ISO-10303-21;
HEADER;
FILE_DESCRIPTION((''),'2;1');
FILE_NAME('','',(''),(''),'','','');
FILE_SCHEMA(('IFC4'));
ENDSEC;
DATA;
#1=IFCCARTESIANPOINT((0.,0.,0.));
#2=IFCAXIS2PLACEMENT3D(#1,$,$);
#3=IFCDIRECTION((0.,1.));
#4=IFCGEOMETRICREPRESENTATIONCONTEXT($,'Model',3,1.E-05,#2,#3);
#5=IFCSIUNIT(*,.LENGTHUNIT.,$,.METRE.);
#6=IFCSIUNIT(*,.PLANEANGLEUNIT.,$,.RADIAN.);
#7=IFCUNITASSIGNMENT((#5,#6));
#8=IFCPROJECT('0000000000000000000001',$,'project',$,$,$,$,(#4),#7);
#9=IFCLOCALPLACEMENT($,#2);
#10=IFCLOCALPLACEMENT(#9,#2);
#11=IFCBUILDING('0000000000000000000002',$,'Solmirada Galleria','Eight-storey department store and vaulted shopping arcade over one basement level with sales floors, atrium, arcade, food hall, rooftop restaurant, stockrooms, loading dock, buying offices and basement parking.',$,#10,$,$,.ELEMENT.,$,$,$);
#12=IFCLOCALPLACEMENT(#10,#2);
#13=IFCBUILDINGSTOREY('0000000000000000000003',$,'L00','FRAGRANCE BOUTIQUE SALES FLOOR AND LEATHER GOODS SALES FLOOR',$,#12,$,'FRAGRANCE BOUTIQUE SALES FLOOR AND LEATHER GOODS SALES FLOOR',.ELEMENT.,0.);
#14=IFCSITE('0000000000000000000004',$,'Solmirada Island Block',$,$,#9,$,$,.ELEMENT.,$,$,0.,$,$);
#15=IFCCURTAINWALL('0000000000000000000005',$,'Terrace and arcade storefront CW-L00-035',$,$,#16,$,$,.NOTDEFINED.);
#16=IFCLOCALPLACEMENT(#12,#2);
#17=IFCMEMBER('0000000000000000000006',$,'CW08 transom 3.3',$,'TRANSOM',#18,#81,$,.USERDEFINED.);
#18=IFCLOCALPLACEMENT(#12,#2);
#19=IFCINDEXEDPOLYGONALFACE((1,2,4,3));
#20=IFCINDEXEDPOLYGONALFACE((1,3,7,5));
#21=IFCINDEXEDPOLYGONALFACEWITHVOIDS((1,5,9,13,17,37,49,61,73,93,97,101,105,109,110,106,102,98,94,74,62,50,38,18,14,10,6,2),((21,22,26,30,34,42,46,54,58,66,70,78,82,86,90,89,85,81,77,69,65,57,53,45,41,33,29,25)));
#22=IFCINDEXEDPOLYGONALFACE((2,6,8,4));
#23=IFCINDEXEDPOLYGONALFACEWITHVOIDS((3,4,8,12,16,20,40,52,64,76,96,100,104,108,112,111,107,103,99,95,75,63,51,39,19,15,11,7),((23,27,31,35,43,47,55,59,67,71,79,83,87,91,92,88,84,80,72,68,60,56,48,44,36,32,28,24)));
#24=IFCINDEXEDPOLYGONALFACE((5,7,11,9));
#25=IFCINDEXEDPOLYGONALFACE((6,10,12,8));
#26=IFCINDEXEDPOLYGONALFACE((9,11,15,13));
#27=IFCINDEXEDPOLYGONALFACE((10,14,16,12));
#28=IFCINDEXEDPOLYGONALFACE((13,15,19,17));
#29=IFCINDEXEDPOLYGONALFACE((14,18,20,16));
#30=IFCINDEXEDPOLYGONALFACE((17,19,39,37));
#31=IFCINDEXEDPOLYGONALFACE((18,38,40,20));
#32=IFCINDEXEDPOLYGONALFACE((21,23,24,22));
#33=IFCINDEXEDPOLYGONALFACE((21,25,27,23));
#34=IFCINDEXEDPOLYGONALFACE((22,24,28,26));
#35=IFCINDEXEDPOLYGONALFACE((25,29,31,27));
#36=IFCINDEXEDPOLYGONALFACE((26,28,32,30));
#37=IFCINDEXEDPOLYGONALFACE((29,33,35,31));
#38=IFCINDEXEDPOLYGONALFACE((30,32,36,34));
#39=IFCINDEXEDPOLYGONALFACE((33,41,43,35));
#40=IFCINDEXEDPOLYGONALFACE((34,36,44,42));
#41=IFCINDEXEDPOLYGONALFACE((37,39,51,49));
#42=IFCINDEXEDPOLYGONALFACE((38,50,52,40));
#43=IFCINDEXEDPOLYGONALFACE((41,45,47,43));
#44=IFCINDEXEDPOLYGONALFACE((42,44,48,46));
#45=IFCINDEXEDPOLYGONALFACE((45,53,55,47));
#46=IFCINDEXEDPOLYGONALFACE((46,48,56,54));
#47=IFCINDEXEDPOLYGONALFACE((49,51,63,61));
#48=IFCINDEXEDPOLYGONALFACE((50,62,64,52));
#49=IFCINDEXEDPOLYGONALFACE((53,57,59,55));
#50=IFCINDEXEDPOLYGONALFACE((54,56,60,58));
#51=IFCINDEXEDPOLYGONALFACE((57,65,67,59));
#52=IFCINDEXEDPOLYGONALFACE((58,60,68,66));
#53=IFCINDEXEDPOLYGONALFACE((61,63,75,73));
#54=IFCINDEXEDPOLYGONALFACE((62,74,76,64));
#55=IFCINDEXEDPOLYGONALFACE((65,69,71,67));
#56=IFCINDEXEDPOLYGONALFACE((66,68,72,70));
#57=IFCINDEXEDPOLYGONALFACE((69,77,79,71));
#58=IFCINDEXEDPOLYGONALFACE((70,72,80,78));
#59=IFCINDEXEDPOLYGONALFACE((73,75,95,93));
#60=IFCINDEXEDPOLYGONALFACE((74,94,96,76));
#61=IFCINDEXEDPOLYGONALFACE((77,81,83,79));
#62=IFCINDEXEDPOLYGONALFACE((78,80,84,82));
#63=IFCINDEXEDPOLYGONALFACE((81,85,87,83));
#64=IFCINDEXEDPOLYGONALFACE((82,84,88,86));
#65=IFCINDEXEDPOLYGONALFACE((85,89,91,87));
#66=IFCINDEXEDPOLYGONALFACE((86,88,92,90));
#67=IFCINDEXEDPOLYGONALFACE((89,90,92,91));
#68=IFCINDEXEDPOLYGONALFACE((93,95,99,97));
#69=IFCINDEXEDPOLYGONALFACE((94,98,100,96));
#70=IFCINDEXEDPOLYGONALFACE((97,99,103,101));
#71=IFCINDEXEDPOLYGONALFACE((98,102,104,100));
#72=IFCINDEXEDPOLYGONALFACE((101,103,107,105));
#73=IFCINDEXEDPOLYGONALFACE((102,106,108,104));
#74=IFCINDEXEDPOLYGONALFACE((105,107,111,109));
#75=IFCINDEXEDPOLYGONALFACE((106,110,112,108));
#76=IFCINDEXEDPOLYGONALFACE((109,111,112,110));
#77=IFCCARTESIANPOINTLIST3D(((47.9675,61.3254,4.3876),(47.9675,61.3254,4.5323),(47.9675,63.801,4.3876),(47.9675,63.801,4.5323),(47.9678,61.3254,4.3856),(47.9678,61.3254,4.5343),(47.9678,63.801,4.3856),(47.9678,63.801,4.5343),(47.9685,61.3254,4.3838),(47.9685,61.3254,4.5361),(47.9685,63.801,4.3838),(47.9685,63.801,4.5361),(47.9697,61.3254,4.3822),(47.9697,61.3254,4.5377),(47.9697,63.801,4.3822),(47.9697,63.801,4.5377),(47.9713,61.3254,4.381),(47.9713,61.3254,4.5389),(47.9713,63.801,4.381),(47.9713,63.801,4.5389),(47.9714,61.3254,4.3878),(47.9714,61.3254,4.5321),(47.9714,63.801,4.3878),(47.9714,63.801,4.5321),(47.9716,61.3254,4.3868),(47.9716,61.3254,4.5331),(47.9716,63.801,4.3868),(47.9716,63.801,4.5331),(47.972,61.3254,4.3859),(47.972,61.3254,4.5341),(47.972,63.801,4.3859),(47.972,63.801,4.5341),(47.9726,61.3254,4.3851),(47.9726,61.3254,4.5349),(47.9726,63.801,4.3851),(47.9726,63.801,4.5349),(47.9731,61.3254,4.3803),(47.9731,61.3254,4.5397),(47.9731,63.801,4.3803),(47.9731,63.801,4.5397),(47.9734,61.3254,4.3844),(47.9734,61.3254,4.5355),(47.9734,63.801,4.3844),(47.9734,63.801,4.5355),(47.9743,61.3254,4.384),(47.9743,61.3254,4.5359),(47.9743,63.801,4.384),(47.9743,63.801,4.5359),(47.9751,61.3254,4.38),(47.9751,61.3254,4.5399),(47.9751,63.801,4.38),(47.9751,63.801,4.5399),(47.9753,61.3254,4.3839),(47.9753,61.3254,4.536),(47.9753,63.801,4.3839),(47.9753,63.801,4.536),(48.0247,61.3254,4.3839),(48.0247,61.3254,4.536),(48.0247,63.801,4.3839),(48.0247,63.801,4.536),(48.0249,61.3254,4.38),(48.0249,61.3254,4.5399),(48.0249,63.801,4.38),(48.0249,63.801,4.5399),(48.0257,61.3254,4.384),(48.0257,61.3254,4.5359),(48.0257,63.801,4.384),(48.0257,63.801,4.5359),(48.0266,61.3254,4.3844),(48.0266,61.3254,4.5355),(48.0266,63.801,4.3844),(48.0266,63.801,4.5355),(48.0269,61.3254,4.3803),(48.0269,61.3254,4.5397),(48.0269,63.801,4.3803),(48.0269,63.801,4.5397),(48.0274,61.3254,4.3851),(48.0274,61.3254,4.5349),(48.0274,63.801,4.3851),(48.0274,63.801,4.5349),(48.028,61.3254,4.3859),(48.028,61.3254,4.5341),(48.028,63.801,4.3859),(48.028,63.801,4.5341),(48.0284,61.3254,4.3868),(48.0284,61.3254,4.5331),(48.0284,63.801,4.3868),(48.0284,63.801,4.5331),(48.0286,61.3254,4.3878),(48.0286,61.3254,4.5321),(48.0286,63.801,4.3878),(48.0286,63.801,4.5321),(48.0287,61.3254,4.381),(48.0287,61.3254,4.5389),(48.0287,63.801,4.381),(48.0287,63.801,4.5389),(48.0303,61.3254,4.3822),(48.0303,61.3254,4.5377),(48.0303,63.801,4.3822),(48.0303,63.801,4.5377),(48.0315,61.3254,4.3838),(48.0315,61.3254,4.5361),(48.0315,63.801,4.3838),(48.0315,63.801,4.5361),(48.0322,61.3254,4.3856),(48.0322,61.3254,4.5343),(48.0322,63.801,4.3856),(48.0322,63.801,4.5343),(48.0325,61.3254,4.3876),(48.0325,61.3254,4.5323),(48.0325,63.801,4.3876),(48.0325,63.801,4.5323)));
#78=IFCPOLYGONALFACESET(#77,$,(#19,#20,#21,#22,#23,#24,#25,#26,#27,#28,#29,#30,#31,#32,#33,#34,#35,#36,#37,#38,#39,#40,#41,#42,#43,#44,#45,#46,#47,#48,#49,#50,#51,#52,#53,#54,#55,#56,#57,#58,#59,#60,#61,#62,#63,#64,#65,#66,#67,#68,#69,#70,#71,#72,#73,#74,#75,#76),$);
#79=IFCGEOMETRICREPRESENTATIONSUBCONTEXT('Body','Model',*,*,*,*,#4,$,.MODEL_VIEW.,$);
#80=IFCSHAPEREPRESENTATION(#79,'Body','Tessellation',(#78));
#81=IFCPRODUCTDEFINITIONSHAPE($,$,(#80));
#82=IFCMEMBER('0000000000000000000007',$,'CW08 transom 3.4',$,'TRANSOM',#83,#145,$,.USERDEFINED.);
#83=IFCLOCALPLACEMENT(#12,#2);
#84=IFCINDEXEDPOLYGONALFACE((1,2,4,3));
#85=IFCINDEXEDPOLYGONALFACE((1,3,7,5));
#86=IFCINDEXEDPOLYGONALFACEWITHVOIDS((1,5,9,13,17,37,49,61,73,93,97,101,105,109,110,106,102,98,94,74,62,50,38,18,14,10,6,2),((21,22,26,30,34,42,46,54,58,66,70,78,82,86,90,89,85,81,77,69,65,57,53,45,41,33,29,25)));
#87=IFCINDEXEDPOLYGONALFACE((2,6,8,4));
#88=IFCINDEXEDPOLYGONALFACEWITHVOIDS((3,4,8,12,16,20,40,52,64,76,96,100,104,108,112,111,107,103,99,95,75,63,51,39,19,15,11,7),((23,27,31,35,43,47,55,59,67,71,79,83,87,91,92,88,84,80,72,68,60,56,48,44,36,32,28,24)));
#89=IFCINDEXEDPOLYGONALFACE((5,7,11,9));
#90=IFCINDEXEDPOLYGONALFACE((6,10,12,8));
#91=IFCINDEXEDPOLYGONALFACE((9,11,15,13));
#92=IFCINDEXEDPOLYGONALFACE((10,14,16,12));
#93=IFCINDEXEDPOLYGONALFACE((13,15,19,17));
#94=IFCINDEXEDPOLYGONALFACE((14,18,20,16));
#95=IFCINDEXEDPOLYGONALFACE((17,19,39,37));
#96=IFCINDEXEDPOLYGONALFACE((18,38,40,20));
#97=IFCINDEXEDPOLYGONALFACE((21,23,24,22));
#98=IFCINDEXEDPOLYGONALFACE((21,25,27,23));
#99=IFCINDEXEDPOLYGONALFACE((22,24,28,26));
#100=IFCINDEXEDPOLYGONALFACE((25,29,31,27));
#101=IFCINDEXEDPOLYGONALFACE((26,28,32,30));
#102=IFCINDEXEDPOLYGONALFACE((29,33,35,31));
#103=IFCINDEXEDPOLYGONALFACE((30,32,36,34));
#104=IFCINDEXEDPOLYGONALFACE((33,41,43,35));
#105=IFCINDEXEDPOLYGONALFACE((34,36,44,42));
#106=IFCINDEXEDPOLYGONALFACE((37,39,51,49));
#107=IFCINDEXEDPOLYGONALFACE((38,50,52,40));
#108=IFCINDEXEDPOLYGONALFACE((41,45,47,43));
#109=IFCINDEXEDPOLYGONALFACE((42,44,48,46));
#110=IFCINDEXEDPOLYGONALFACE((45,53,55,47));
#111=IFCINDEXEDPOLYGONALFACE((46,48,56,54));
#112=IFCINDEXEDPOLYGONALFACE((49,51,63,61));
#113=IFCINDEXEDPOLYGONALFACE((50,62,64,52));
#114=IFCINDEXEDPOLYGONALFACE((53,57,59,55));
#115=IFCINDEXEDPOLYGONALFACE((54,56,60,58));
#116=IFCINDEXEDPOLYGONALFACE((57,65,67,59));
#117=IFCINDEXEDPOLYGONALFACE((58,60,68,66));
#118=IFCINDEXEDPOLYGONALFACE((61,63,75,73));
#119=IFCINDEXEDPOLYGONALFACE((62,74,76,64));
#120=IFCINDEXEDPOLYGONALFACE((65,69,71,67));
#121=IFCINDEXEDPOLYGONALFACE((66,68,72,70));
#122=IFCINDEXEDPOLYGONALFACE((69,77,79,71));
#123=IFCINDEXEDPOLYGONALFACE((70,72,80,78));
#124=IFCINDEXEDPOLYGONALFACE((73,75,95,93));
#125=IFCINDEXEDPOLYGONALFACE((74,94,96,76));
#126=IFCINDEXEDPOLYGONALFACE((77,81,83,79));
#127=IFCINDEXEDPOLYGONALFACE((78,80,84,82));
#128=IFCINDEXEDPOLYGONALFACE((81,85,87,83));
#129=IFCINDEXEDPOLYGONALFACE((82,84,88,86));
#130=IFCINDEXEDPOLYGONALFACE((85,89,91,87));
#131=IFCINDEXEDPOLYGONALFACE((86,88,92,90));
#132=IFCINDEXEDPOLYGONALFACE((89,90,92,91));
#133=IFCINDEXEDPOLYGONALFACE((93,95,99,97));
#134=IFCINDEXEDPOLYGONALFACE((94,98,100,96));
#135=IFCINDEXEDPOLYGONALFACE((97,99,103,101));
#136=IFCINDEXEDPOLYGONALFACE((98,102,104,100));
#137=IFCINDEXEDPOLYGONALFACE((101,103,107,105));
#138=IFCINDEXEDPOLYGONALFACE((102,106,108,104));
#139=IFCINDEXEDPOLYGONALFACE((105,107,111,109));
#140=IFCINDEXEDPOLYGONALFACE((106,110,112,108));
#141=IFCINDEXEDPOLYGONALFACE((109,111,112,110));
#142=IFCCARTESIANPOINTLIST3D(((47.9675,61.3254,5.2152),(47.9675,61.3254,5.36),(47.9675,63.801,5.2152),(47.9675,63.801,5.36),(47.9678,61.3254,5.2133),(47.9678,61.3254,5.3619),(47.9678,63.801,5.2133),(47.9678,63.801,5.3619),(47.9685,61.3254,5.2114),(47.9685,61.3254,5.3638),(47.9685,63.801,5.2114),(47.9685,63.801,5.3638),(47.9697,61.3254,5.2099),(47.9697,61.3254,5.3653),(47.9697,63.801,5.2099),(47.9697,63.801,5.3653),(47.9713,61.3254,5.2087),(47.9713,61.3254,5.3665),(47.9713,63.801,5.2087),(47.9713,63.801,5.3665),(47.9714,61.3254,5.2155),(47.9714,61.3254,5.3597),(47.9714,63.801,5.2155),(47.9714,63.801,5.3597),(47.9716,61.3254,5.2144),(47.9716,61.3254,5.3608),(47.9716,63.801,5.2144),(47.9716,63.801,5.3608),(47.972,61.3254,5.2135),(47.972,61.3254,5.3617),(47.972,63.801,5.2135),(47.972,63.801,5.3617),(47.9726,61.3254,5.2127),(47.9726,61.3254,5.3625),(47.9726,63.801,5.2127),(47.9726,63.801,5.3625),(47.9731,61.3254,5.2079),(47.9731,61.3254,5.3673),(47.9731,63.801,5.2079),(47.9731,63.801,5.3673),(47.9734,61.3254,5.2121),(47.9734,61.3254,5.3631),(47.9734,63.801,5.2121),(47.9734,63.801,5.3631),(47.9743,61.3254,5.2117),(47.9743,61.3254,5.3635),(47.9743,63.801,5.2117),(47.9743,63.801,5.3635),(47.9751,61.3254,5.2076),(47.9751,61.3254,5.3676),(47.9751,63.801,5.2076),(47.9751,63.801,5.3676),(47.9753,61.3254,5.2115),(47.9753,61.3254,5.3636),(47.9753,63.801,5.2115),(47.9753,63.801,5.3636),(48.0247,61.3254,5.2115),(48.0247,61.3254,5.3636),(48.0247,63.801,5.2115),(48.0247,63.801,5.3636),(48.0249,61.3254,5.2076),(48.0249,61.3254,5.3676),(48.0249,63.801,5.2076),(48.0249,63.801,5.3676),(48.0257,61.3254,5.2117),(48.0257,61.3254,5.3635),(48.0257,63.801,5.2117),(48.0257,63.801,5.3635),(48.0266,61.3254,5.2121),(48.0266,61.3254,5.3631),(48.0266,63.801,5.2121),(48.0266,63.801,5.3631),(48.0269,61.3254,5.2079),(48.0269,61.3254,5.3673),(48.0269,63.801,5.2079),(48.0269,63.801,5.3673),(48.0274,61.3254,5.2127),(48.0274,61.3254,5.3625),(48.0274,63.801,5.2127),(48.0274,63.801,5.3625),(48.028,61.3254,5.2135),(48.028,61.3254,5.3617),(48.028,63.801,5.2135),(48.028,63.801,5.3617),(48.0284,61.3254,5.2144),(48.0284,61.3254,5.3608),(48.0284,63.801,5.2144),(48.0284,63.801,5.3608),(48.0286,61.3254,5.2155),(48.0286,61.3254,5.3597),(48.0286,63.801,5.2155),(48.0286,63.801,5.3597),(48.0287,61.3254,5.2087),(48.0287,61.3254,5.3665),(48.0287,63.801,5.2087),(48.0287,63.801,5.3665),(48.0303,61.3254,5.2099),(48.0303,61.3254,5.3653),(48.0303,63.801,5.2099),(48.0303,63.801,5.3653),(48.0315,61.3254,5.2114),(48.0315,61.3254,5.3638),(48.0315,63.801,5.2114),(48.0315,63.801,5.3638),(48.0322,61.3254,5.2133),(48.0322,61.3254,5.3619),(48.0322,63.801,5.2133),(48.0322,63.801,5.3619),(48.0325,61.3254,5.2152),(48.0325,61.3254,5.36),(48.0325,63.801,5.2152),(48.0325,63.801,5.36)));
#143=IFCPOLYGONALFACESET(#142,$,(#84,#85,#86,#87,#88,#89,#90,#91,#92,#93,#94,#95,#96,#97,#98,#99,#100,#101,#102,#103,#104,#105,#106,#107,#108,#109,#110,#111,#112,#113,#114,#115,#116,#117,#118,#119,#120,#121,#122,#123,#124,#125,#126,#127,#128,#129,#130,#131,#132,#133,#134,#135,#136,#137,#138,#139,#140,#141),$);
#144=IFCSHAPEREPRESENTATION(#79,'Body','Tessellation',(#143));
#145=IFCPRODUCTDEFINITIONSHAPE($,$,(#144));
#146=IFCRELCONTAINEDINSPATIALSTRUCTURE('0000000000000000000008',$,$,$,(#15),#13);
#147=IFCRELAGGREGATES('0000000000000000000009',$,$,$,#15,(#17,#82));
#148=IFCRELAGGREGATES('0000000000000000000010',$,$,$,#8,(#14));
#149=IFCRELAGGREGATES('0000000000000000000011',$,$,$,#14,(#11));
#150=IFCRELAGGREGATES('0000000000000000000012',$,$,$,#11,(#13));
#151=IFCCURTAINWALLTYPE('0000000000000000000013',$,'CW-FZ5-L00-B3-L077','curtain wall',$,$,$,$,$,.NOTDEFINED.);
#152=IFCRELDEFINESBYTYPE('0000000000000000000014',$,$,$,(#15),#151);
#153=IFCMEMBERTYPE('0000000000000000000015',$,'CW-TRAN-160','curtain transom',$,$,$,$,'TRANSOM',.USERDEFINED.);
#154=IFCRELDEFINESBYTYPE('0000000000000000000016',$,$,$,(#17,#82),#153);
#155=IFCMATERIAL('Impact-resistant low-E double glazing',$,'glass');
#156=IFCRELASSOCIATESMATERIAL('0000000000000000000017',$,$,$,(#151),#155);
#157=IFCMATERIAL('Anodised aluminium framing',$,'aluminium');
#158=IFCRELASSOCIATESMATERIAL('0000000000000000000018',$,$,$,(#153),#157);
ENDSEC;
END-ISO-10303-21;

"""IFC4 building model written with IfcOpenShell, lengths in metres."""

from ifc_helpers import new_model, si_unit, direction, frame, origin, origin_2d, place, context, subcontext, project, spatial, hollow_rectangle, extrude, material, material_profile, profile_set, type_object, element, aggregate, save


model = new_model("IFC4")

# Units and contexts
model_context = context("Model", 3, precision=1e-05, world=origin(), true_north=direction((0.0, 1.0)))
body_context = subcontext(model_context, "Body", "Model", "MODEL_VIEW")
ifc_project = project(units=[si_unit("LENGTHUNIT", "METRE"), si_unit("PLANEANGLEUNIT", "RADIAN")], contexts=[model_context])

# Site, building, storey
site_placement = place(None, origin())
site = spatial("IfcSite", under=ifc_project, at=site_placement, Name="Solmirada Island Block", CompositionType="ELEMENT", RefElevation=0.0)
building_placement = place(site_placement, origin())
building = spatial("IfcBuilding", under=site, at=building_placement, Name="Solmirada Galleria", Description="Eight-storey department store and vaulted shopping arcade over one basement level with sales floors, atrium, arcade, food hall, rooftop restaurant, stockrooms, loading dock, buying offices and basement parking.", CompositionType="ELEMENT")
storey_placement = place(building_placement, origin())
storey = spatial("IfcBuildingStorey", under=building, at=storey_placement, Name="L00", Description="FRAGRANCE BOUTIQUE SALES FLOOR AND LEATHER GOODS SALES FLOOR", LongName="FRAGRANCE BOUTIQUE SALES FLOOR AND LEATHER GOODS SALES FLOOR", CompositionType="ELEMENT", Elevation=0.0)

# Shared definitions
ifc_material_1 = material(Name="Impact-resistant low-E double glazing", Category="glass")
ifc_material_2 = material(Name="Anodised aluminium framing", Category="aluminium")

# Curtain wall
curtain_wall_type_1 = type_object("IfcCurtainWallType", Name="CW-FZ5-L00-B3-L077", Description="curtain wall", PredefinedType="NOTDEFINED", material=ifc_material_1)
curtain_wall_1_placement = place(storey_placement, origin())
curtain_wall_1 = element("IfcCurtainWall", 1, at=curtain_wall_1_placement, inside=storey, type_object=curtain_wall_type_1, Name="Terrace and arcade storefront CW-L00-035", PredefinedType="NOTDEFINED")

# Members
ifc_material_profile_1 = material_profile(ifc_material_2, hollow_rectangle(XDim=0.0649, YDim=0.1599, WallThickness=0.0039, InnerFilletRadius=0.0039, OuterFilletRadius=0.0076, at=origin_2d()), Name="ALU-TRAN-160X65")
ifc_profile_set_1 = profile_set([ifc_material_profile_1], Name="Anodised aluminium framing")
member_type_1 = type_object("IfcMemberType", Name="CW-TRAN-160", Description="curtain transom", ElementType="TRANSOM", PredefinedType="USERDEFINED", material=ifc_profile_set_1)
member_1_placement = place(storey_placement, frame((48.0, 61.3254, 4.46), z_axis=(0.0, 1.0, 0.0), x_axis=(-1.0, 0.0, 0.0)))
member_1 = element("IfcMember", 2, at=member_1_placement, type_object=member_type_1, Name="CW08 transom 3.3", ObjectType="TRANSOM", PredefinedType="USERDEFINED", context=body_context, shape_type="SweptSolid", body=[
    extrude(hollow_rectangle(XDim=0.0649, YDim=0.1599, WallThickness=0.0039, InnerFilletRadius=0.0039, OuterFilletRadius=0.0076, at=origin_2d()), origin(), (0.0, 0.0, 1.0), 2.4756),
])
member_2_placement = place(storey_placement, frame((48.0, 61.3254, 5.2876), z_axis=(0.0, 1.0, 0.0), x_axis=(-1.0, 0.0, 0.0)))
member_2 = element("IfcMember", 3, at=member_2_placement, type_object=member_type_1, Name="CW08 transom 3.4", ObjectType="TRANSOM", PredefinedType="USERDEFINED", context=body_context, shape_type="SweptSolid", body=[
    extrude(hollow_rectangle(XDim=0.0649, YDim=0.1599, WallThickness=0.0039, InnerFilletRadius=0.0039, OuterFilletRadius=0.0076, at=origin_2d()), origin(), (0.0, 0.0, 1.0), 2.4756),
])

aggregate(curtain_wall_1, [member_1, member_2])

save(model, "model.ifc")
